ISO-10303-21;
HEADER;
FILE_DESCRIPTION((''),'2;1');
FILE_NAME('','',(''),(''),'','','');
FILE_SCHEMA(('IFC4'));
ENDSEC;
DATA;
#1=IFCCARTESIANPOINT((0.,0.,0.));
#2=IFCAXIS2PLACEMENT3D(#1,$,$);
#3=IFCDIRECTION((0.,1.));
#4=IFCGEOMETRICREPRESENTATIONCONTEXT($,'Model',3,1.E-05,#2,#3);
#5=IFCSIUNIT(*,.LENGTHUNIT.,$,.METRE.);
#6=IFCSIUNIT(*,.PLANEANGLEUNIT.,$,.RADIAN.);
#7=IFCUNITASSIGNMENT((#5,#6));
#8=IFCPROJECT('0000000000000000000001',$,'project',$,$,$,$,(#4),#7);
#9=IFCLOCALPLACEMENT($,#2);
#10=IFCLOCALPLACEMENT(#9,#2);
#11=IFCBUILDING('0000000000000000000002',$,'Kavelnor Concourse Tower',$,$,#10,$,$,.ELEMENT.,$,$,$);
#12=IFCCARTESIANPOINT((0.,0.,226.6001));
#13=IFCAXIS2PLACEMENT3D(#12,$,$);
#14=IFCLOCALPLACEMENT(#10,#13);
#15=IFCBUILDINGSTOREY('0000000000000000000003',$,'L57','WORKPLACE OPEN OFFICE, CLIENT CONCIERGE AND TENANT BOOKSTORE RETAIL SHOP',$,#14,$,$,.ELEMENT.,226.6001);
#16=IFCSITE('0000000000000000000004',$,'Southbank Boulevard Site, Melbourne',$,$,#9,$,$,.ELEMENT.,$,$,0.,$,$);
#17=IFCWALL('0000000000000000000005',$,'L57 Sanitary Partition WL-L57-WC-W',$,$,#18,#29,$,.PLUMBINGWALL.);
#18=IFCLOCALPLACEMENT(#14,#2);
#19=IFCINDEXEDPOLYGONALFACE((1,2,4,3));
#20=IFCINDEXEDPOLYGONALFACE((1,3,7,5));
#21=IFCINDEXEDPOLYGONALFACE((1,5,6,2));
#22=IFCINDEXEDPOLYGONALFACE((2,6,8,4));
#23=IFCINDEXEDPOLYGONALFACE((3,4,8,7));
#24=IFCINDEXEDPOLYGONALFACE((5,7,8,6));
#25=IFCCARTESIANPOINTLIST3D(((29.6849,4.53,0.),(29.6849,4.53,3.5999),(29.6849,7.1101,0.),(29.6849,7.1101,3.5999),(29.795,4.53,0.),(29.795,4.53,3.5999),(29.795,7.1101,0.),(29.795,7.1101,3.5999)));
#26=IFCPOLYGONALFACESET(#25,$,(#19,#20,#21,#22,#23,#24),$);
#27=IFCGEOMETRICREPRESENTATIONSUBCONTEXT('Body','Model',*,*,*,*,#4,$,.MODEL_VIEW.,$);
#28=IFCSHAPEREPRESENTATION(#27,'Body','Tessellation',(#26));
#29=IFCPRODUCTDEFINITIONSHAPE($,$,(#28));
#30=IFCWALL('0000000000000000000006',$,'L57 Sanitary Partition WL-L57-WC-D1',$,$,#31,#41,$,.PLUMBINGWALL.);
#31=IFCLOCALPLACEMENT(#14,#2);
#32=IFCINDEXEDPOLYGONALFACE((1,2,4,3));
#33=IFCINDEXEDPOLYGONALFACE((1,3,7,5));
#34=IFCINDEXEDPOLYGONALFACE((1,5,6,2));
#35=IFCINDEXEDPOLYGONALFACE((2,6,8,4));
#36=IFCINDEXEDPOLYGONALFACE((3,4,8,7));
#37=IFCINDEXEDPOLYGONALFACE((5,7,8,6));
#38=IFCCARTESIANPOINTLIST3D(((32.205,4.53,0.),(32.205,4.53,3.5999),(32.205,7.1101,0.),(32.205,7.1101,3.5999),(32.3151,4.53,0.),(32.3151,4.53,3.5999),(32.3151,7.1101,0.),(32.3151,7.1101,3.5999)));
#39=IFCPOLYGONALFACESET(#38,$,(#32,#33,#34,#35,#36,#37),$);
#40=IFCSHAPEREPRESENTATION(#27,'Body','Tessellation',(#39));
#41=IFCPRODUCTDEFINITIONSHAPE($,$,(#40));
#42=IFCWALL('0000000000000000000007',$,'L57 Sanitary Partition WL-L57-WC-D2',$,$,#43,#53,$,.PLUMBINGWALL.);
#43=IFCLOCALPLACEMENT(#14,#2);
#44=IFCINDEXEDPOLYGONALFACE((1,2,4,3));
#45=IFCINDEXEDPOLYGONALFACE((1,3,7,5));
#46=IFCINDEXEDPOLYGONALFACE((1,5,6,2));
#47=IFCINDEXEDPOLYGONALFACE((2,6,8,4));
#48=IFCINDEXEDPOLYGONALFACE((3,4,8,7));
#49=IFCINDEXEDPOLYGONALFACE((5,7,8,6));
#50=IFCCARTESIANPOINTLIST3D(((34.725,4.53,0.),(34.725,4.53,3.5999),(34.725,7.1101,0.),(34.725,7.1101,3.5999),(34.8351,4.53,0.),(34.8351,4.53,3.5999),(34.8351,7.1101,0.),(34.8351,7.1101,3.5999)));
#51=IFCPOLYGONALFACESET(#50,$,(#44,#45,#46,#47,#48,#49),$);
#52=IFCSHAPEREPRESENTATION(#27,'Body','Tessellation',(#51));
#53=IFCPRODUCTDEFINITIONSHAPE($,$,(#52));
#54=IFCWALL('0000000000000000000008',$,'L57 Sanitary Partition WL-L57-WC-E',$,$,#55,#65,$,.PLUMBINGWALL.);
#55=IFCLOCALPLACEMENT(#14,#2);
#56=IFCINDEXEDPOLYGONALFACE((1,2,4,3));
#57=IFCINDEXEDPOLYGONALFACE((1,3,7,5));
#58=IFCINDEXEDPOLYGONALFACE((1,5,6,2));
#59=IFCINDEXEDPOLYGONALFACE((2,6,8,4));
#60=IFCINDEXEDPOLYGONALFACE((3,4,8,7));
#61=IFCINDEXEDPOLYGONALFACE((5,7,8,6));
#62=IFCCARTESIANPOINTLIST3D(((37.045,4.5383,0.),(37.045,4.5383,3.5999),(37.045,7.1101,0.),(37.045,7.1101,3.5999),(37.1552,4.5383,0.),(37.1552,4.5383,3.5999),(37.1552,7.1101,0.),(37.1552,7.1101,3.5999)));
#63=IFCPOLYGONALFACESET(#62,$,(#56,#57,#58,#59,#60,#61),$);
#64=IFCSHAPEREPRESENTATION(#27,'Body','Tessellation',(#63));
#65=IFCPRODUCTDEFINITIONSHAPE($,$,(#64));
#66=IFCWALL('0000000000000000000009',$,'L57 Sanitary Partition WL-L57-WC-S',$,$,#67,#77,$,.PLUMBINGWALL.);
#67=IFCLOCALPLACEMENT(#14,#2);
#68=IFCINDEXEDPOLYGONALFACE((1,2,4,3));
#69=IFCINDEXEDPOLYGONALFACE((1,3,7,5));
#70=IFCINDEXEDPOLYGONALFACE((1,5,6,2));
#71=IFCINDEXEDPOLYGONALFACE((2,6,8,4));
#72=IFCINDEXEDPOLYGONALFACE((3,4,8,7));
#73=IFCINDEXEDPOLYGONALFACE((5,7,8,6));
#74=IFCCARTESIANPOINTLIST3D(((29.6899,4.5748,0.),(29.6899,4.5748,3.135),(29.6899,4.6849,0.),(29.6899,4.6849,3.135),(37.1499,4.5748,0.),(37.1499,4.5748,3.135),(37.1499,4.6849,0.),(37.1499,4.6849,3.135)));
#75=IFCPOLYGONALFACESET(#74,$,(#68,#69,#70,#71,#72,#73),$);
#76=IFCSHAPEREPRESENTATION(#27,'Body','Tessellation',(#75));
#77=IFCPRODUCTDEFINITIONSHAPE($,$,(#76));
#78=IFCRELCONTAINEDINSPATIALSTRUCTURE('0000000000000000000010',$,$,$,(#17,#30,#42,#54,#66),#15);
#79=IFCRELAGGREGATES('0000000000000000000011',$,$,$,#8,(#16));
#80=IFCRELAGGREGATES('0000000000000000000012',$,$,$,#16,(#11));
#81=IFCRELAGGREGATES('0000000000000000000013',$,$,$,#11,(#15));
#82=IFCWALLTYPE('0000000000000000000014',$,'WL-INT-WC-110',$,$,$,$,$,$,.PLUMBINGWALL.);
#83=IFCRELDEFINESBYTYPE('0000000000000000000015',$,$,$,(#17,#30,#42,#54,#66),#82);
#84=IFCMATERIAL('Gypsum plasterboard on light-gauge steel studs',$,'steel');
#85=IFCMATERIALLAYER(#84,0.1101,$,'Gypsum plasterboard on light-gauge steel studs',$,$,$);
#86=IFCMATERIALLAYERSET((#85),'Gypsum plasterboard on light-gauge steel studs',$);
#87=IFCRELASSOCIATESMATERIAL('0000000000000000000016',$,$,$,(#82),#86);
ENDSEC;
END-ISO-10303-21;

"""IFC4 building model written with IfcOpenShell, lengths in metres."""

from ifc_helpers import new_model, si_unit, direction, frame, frame_2d, origin, place, context, subcontext, project, spatial, rectangle, extrude, material, layer, layer_set, type_object, element, save


model = new_model("IFC4")

# Units and contexts
model_context = context("Model", 3, precision=1e-05, world=origin(), true_north=direction((0.0, 1.0)))
body_context = subcontext(model_context, "Body", "Model", "MODEL_VIEW")
ifc_project = project(units=[si_unit("LENGTHUNIT", "METRE"), si_unit("PLANEANGLEUNIT", "RADIAN")], contexts=[model_context])

# Site, building, storey
site_placement = place(None, origin())
site = spatial("IfcSite", under=ifc_project, at=site_placement, Name="Southbank Boulevard Site, Melbourne", CompositionType="ELEMENT", RefElevation=0.0)
building_placement = place(site_placement, origin())
building = spatial("IfcBuilding", under=site, at=building_placement, Name="Kavelnor Concourse Tower", CompositionType="ELEMENT")
storey_placement = place(building_placement, frame((0.0, 0.0, 226.6001)))
storey = spatial("IfcBuildingStorey", under=building, at=storey_placement, Name="L57", Description="WORKPLACE OPEN OFFICE, CLIENT CONCIERGE AND TENANT BOOKSTORE RETAIL SHOP", CompositionType="ELEMENT", Elevation=226.6001)

# Walls
ifc_material_1 = material(Name="Gypsum plasterboard on light-gauge steel studs", Category="steel")
ifc_layer_1 = layer(ifc_material_1, 0.1101, Name="Gypsum plasterboard on light-gauge steel studs")
ifc_layer_set_1 = layer_set([ifc_layer_1], Name="Gypsum plasterboard on light-gauge steel studs")
wall_type = type_object("IfcWallType", Name="WL-INT-WC-110", PredefinedType="PLUMBINGWALL", material=ifc_layer_set_1)
for number, where, z_axis, x_axis, name in (
    (1, (29.74, 4.53, 0.0), (0.0, 0.0, 1.0), (0.0, 1.0, 0.0), "L57 Sanitary Partition WL-L57-WC-W"),
    (2, (32.26, 4.53, 0.0), (0.0, 0.0, 1.0), (0.0, 1.0, 0.0), "L57 Sanitary Partition WL-L57-WC-D1"),
    (3, (34.78, 4.53, 0.0), (0.0, 0.0, 1.0), (0.0, 1.0, 0.0), "L57 Sanitary Partition WL-L57-WC-D2"),
):
    element("IfcWall", number, at=place(storey_placement, frame(where, z_axis=z_axis, x_axis=x_axis)), inside=storey, type_object=wall_type, Name=name, PredefinedType="PLUMBINGWALL", context=body_context, shape_type="SweptSolid", body=[
        extrude(rectangle(XDim=2.5801, YDim=0.1101, at=frame_2d((1.29, 0.0))), origin(), (0.0, 0.0, 1.0), 3.5999),
    ])
wall_1_placement = place(storey_placement, frame((37.1001, 4.5383, 0.0), z_axis=(0.0, 0.0, 1.0), x_axis=(0.0, 1.0, 0.0)))
element("IfcWall", 4, at=wall_1_placement, inside=storey, type_object=wall_type, Name="L57 Sanitary Partition WL-L57-WC-E", PredefinedType="PLUMBINGWALL", context=body_context, shape_type="SweptSolid", body=[
    extrude(rectangle(XDim=2.5718, YDim=0.1101, at=frame_2d((1.2859, 0.0))), origin(), (0.0, 0.0, 1.0), 3.5999),
])
wall_2_placement = place(storey_placement, frame((29.6899, 4.6299, 0.0), z_axis=(0.0, 0.0, 1.0), x_axis=(1.0, 0.0, 0.0)))
element("IfcWall", 5, at=wall_2_placement, inside=storey, type_object=wall_type, Name="L57 Sanitary Partition WL-L57-WC-S", PredefinedType="PLUMBINGWALL", context=body_context, shape_type="SweptSolid", body=[
    extrude(rectangle(XDim=7.46, YDim=0.1101, at=frame_2d((3.73, 0.0))), origin(), (0.0, 0.0, 1.0), 3.135),
])

save(model, "model.ifc")
